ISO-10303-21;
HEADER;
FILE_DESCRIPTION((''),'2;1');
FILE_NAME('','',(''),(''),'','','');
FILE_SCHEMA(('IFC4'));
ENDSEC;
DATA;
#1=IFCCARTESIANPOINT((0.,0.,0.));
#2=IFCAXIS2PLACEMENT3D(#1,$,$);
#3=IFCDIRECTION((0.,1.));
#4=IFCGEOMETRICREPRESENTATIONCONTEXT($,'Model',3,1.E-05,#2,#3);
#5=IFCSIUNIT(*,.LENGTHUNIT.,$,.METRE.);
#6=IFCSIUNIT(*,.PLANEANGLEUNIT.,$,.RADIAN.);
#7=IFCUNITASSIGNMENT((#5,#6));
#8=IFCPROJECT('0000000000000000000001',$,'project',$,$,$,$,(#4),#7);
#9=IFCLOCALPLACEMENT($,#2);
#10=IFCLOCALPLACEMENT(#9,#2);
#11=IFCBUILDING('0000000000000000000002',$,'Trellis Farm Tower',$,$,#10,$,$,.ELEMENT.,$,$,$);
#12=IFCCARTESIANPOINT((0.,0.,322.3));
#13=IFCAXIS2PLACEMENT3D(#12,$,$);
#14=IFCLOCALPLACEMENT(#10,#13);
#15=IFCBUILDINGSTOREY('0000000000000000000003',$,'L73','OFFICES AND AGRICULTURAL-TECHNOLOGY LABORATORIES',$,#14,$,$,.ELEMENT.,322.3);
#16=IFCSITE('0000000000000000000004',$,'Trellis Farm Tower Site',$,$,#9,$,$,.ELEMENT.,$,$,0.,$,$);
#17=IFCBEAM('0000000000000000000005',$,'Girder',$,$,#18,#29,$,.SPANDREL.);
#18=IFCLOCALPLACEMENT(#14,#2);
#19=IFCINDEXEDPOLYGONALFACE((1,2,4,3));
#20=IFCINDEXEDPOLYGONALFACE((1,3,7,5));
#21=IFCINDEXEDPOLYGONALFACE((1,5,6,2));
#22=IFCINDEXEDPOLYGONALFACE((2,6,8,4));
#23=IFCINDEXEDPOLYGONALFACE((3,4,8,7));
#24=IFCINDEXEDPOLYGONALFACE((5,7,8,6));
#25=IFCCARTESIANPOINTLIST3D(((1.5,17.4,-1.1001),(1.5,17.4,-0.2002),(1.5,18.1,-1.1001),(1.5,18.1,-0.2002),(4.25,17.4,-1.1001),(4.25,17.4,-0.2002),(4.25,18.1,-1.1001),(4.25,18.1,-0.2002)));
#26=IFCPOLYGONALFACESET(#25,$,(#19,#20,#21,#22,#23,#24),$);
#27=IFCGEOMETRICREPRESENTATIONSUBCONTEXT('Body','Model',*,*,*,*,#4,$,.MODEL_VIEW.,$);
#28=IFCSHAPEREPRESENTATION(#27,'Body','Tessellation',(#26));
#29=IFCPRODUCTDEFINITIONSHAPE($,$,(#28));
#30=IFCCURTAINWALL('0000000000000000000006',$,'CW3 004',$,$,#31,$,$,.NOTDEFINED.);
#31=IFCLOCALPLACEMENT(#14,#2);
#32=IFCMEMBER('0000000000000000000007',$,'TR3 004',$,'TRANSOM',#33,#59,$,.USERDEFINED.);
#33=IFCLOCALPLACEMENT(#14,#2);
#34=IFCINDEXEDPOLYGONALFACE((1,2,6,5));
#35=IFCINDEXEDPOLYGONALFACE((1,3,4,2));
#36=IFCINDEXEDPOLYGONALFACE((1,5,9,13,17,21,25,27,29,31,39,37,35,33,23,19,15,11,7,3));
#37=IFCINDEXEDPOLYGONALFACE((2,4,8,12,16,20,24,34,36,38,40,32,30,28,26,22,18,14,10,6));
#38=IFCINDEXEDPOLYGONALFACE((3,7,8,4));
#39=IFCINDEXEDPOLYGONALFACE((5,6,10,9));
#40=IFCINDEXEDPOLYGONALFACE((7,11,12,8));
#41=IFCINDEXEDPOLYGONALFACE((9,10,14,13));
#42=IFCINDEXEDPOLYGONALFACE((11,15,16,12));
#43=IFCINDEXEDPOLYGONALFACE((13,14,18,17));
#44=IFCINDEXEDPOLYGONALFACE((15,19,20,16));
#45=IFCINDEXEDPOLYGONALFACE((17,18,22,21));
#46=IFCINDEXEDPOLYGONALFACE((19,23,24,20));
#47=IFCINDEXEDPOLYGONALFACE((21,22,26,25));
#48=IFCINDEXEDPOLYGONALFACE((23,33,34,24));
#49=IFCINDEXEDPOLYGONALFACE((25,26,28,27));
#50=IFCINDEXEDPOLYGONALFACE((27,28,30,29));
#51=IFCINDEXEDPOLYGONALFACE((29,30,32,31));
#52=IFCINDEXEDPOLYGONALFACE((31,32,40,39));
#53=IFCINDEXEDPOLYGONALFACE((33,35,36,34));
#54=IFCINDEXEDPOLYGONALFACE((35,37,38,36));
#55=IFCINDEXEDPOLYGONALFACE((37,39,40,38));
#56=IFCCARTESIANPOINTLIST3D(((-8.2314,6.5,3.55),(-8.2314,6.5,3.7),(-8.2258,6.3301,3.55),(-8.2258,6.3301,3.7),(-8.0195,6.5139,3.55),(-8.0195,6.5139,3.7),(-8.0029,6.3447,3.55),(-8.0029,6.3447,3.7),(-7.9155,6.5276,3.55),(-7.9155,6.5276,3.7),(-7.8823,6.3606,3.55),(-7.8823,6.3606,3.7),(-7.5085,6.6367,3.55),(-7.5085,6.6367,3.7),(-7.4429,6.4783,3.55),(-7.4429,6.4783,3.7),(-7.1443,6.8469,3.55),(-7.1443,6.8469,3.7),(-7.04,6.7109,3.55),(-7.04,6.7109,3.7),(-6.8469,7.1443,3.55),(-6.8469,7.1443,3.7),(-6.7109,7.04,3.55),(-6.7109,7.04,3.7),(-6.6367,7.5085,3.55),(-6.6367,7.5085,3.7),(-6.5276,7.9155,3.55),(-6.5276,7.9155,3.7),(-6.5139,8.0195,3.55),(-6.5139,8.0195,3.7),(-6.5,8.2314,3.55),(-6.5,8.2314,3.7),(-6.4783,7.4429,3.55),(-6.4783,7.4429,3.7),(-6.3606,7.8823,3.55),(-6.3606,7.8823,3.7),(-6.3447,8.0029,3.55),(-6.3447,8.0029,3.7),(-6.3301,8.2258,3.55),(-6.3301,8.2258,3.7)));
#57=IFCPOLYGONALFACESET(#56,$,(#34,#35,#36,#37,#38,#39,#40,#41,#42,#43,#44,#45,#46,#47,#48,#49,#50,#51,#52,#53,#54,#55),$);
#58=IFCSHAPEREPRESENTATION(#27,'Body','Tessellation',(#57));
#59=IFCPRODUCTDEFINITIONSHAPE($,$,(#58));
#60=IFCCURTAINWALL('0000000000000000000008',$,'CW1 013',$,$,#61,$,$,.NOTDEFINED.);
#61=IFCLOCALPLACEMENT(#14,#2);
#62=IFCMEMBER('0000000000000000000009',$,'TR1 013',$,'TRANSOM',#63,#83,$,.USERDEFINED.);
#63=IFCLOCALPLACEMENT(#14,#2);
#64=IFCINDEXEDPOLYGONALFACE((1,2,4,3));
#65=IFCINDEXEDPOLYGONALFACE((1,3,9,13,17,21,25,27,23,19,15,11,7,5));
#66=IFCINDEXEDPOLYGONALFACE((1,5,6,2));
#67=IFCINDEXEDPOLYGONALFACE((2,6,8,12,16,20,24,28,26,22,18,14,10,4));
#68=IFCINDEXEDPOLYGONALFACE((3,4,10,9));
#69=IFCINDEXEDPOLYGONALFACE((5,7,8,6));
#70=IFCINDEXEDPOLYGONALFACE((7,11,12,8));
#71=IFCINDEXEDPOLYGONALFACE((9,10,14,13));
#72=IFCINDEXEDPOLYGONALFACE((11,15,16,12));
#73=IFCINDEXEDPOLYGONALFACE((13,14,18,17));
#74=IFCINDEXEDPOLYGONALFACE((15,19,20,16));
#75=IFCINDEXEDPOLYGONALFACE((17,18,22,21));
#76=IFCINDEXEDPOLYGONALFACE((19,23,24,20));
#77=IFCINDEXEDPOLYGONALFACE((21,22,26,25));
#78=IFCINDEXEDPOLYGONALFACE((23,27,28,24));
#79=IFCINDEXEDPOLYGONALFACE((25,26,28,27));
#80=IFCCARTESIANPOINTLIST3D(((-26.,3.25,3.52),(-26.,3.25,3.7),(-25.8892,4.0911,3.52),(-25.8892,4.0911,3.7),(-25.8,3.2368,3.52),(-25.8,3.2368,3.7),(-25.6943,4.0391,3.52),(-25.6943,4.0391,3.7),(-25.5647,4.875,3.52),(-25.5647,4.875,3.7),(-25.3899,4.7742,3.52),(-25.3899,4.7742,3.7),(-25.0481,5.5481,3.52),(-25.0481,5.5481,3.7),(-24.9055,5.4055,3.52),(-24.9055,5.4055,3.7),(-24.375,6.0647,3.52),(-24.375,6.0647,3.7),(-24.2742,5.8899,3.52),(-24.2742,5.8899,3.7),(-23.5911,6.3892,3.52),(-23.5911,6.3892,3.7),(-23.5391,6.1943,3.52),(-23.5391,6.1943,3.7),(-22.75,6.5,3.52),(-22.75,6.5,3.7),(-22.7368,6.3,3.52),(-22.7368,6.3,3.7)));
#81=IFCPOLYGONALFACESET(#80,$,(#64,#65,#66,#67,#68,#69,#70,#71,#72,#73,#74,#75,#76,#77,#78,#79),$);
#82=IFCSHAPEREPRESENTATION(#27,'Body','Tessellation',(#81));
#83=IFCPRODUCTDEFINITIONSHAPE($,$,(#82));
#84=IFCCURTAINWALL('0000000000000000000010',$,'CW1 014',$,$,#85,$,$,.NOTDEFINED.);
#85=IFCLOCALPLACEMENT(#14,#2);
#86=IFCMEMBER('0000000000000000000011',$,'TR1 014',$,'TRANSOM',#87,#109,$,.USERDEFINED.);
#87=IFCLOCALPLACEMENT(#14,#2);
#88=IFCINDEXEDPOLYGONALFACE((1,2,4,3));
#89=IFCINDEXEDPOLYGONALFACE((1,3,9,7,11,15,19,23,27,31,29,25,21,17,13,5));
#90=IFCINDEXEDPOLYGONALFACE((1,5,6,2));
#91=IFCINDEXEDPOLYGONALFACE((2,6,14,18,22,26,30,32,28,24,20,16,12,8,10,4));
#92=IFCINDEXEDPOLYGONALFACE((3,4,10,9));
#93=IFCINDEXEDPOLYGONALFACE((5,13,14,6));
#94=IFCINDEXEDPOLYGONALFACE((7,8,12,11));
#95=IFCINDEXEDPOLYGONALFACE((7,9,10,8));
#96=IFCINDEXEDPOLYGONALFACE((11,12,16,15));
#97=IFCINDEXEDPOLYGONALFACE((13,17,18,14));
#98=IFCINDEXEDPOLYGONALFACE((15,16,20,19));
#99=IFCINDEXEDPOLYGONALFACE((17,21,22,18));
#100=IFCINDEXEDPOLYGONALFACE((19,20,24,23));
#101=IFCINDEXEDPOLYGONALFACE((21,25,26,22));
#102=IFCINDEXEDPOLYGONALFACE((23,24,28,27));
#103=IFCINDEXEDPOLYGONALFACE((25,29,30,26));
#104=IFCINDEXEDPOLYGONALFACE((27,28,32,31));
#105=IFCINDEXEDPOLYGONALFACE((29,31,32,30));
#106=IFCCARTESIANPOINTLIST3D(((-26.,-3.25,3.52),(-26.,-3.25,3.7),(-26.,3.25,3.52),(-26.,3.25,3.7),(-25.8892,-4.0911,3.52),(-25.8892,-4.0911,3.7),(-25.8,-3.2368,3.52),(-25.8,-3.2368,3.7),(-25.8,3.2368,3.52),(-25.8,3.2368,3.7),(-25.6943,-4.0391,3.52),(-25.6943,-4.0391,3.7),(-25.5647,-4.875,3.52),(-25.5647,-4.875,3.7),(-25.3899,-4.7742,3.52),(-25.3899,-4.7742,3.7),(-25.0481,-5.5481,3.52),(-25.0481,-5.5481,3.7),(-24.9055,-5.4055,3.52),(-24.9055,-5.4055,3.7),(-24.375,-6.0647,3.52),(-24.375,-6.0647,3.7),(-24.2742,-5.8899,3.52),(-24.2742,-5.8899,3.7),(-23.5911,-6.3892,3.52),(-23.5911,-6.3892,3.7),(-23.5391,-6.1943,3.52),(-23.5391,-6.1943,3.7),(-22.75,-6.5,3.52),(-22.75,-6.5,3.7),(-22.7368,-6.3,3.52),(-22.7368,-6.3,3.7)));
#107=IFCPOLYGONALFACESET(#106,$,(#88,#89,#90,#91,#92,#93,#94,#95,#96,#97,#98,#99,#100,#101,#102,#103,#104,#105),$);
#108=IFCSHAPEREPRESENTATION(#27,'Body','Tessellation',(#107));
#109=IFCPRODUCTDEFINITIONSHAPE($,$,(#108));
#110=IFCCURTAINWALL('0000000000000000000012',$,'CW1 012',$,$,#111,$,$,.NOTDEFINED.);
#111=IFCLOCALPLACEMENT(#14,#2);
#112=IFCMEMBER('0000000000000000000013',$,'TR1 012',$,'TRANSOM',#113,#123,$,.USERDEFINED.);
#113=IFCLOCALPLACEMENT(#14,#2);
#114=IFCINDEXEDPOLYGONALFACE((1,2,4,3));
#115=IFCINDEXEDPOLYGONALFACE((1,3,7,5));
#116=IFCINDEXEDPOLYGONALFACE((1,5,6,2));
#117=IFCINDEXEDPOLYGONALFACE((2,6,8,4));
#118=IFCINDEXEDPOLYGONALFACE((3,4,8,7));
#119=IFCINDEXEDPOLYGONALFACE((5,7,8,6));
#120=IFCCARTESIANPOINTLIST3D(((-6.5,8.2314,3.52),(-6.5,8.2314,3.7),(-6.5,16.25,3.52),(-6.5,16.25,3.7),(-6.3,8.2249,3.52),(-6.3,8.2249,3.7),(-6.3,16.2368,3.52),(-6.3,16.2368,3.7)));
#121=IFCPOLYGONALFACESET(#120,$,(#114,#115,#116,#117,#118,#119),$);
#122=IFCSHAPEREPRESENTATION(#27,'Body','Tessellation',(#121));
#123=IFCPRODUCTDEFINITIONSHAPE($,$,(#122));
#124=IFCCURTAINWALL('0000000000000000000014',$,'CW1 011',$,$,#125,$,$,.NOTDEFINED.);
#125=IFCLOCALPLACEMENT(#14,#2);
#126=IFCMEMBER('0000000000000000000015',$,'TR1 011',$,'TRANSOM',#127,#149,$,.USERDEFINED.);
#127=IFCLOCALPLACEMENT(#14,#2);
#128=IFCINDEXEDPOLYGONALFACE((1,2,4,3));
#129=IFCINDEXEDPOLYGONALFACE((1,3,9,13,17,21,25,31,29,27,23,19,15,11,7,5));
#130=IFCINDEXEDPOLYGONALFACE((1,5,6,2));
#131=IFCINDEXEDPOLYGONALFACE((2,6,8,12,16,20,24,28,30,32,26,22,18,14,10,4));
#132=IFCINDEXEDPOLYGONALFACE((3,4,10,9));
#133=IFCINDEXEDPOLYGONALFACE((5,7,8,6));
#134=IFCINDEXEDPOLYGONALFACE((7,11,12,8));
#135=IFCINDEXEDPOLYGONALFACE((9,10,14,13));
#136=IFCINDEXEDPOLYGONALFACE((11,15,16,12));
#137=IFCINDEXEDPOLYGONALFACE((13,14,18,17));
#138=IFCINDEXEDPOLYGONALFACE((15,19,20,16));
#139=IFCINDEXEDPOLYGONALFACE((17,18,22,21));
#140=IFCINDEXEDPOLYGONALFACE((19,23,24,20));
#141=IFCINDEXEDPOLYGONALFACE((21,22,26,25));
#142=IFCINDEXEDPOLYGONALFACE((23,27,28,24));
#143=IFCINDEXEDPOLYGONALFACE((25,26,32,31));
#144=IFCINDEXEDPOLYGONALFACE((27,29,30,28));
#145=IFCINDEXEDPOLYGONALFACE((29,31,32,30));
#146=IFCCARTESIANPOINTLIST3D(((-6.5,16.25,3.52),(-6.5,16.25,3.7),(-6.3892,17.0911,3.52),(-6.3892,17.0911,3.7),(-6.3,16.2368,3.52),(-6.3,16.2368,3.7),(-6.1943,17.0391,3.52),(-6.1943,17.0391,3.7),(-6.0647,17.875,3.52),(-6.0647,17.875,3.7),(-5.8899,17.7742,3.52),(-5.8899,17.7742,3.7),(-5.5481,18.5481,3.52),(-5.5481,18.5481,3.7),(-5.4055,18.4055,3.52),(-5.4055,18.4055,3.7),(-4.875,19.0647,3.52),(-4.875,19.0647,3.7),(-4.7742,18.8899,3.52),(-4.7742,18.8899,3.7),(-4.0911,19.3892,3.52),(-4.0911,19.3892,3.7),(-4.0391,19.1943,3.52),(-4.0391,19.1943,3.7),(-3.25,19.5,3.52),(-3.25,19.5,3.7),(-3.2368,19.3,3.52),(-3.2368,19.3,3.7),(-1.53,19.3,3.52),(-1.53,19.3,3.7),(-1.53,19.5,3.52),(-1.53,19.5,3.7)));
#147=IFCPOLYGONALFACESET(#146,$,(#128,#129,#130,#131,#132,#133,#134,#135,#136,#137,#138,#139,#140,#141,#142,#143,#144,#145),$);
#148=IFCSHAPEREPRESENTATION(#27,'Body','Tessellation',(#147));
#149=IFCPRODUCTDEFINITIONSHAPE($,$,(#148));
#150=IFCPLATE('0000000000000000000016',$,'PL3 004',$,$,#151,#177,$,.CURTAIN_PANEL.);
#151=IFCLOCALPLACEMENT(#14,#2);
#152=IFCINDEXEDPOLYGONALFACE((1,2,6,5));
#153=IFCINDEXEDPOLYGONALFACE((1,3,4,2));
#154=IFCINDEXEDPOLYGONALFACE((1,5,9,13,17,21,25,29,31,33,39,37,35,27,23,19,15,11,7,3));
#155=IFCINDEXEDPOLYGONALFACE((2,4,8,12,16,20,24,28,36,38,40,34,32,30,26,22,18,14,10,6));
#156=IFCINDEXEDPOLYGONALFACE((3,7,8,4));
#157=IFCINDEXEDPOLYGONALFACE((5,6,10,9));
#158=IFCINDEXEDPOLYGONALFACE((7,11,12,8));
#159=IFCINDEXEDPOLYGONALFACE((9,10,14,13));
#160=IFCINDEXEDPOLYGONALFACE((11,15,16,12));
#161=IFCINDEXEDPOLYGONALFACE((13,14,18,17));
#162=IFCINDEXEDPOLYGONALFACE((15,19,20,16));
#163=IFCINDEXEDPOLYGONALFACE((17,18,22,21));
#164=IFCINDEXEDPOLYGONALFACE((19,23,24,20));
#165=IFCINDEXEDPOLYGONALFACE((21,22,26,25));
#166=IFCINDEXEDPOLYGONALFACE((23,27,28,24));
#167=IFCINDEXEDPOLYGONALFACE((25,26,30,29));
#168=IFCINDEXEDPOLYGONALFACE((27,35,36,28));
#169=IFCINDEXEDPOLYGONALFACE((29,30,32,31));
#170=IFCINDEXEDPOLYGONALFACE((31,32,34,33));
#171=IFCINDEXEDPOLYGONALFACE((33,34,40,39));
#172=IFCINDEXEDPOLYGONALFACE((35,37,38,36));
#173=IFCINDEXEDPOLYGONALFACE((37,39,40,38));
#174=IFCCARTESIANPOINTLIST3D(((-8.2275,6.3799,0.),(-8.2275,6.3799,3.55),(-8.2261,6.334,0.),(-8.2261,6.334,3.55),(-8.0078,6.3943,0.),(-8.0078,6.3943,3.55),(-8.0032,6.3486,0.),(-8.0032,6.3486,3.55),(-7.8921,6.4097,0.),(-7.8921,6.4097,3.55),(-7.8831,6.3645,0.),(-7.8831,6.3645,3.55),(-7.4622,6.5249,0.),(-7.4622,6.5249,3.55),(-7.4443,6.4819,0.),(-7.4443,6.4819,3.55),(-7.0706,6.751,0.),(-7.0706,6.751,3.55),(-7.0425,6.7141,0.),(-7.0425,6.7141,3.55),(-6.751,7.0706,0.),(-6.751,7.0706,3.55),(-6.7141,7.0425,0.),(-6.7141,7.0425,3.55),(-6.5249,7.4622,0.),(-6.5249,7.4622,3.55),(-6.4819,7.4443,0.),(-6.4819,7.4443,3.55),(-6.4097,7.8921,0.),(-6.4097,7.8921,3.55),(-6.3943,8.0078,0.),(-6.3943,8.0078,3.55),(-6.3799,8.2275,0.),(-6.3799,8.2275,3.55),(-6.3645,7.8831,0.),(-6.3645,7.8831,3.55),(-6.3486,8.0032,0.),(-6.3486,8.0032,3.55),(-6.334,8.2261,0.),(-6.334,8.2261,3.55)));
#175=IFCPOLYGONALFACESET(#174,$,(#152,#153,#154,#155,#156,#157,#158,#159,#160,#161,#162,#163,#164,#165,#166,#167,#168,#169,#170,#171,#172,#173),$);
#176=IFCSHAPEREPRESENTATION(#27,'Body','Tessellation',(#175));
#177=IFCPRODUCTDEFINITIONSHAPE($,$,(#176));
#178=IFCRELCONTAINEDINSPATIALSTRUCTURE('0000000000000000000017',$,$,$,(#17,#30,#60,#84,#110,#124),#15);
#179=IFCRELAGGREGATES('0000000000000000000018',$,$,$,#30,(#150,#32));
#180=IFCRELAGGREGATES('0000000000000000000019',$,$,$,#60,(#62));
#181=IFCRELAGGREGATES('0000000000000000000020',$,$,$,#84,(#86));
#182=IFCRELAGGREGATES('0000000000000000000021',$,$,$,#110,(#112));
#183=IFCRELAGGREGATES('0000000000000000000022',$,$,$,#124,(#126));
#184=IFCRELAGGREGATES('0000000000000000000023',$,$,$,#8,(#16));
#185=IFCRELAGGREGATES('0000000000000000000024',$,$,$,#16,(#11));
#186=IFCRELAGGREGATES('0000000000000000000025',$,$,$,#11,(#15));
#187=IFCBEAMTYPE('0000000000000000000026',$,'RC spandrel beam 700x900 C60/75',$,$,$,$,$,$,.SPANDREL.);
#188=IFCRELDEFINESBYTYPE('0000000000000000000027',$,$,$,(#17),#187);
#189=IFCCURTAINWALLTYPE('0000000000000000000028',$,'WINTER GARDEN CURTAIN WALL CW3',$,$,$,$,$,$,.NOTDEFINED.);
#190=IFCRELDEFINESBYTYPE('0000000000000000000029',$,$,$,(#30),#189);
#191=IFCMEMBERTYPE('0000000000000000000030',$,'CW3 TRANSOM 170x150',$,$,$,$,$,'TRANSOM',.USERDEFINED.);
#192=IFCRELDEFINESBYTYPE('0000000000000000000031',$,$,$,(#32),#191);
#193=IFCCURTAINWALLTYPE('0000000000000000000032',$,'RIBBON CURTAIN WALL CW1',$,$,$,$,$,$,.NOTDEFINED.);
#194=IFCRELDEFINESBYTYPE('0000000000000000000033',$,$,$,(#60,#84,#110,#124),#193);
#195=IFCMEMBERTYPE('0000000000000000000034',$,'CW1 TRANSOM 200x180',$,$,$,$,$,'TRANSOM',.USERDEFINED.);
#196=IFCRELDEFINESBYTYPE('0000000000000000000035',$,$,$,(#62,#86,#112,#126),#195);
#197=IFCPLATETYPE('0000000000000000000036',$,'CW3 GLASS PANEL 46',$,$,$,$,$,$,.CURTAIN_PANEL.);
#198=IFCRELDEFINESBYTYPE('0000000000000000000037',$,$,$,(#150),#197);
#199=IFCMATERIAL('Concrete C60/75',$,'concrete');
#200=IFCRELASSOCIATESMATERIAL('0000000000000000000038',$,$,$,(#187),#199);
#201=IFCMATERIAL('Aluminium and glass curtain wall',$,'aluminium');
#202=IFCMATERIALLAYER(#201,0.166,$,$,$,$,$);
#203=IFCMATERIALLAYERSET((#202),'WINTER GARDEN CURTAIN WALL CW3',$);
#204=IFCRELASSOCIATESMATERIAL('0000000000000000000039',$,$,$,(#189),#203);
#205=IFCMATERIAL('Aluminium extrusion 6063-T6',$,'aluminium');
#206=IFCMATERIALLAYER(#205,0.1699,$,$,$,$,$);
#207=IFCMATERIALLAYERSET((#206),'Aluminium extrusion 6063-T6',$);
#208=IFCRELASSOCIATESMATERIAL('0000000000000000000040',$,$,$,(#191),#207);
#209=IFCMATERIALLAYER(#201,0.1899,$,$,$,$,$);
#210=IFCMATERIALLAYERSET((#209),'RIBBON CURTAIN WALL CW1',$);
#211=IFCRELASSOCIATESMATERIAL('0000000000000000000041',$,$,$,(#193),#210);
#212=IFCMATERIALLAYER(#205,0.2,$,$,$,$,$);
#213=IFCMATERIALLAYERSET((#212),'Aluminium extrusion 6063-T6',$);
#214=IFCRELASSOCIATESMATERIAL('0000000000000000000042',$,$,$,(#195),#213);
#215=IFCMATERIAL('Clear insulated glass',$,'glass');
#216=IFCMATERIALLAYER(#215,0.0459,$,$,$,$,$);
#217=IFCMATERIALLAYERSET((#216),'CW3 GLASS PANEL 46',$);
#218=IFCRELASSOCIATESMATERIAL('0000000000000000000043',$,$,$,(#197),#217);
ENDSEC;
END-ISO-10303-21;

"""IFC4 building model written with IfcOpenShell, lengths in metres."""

from ifc_helpers import new_model, si_unit, direction, frame, origin, origin_2d, place, context, subcontext, project, spatial, polyline, rectangle, outline, extrude, source, transform, mapped, material, layer, layer_set, material_profile, profile_set, type_object, element, aggregate, save


model = new_model("IFC4")

# Units and contexts
model_context = context("Model", 3, precision=1e-05, world=origin(), true_north=direction((0.0, 1.0)))
body_context = subcontext(model_context, "Body", "Model", "MODEL_VIEW")
ifc_project = project(units=[si_unit("LENGTHUNIT", "METRE"), si_unit("PLANEANGLEUNIT", "RADIAN")], contexts=[model_context])

# Site, building, storey
site_placement = place(None, origin())
site = spatial("IfcSite", under=ifc_project, at=site_placement, Name="Trellis Farm Tower Site", CompositionType="ELEMENT", RefElevation=0.0)
building_placement = place(site_placement, origin())
building = spatial("IfcBuilding", under=site, at=building_placement, Name="Trellis Farm Tower", CompositionType="ELEMENT")
storey_placement = place(building_placement, frame((0.0, 0.0, 322.3)))
storey = spatial("IfcBuildingStorey", under=building, at=storey_placement, Name="L73", Description="OFFICES AND AGRICULTURAL-TECHNOLOGY LABORATORIES", CompositionType="ELEMENT", Elevation=322.3)

# Beam
ifc_material_1 = material(Name="Concrete C60/75", Category="concrete")
ifc_material_profile = material_profile(ifc_material_1, rectangle(XDim=0.7, YDim=0.8999, at=origin_2d()), Name="RC spandrel beam 700x900 C60/75")
ifc_profile_set = profile_set([ifc_material_profile], Name="Concrete C60/75")
beam_type = type_object("IfcBeamType", Name="RC spandrel beam 700x900 C60/75", PredefinedType="SPANDREL", material=ifc_profile_set)
shared_shape_1 = source(origin(), body_context, "Body", "SweptSolid", [
    extrude(rectangle(XDim=0.7, YDim=0.8999, at=origin_2d()), origin(), (0.0, 0.0, 1.0), 2.75),
])
beam_placement = place(storey_placement, frame((1.5, 17.75, -0.6501), z_axis=(1.0, 0.0, 0.0), x_axis=(0.0, 1.0, 0.0)))
element("IfcBeam", 1, at=beam_placement, inside=storey, type_object=beam_type, Name="Girder", PredefinedType="SPANDREL", context=body_context, shape_type="MappedRepresentation", body=[
    mapped(shared_shape_1, transform((0.0, 0.0, 0.0))),
])

# Curtain walls, members
ifc_material_2 = material(Name="Aluminium and glass curtain wall", Category="aluminium")
ifc_layer_1 = layer(ifc_material_2, 0.166)
ifc_layer_set_1 = layer_set([ifc_layer_1], Name="WINTER GARDEN CURTAIN WALL CW3")
curtain_wall_type_1 = type_object("IfcCurtainWallType", Name="WINTER GARDEN CURTAIN WALL CW3", PredefinedType="NOTDEFINED", material=ifc_layer_set_1)
placement_1 = place(storey_placement, origin())
curtain_wall_1 = element("IfcCurtainWall", 2, at=placement_1, inside=storey, type_object=curtain_wall_type_1, Name="CW3 004", PredefinedType="NOTDEFINED")
ifc_material_3 = material(Name="Aluminium extrusion 6063-T6", Category="aluminium")
ifc_layer_2 = layer(ifc_material_3, 0.1699)
ifc_layer_set_2 = layer_set([ifc_layer_2], Name="Aluminium extrusion 6063-T6")
member_type_1 = type_object("IfcMemberType", Name="CW3 TRANSOM 170x150", ElementType="TRANSOM", PredefinedType="USERDEFINED", material=ifc_layer_set_2)
shared_shape_2 = source(origin(), body_context, "Body", "SweptSolid", [
    extrude(outline(polyline([(-6.5, 8.2314), (-6.5139, 8.0195), (-6.5276, 7.9155), (-6.6367, 7.5085), (-6.8469, 7.1443), (-7.1443, 6.8469), (-7.5085, 6.6367), (-7.9155, 6.5276), (-8.0195, 6.5139), (-8.2314, 6.5), (-8.2258, 6.3301), (-8.0029, 6.3447), (-7.8823, 6.3606), (-7.4429, 6.4783), (-7.04, 6.7109), (-6.7109, 7.04), (-6.4783, 7.4429), (-6.3606, 7.8823), (-6.3447, 8.0029), (-6.3301, 8.2258), (-6.5, 8.2314)])), origin(), (0.0, 0.0, 1.0), 0.1499),
])
member_1_placement = place(storey_placement, frame((0.0, 0.0, 3.55)))
member_1 = element("IfcMember", 3, at=member_1_placement, type_object=member_type_1, Name="TR3 004", ObjectType="TRANSOM", PredefinedType="USERDEFINED", context=body_context, shape_type="MappedRepresentation", body=[
    mapped(shared_shape_2, transform((0.0, 0.0, 0.0))),
])
ifc_layer_3 = layer(ifc_material_2, 0.1899)
ifc_layer_set_3 = layer_set([ifc_layer_3], Name="RIBBON CURTAIN WALL CW1")
curtain_wall_type_2 = type_object("IfcCurtainWallType", Name="RIBBON CURTAIN WALL CW1", PredefinedType="NOTDEFINED", material=ifc_layer_set_3)
curtain_wall_2 = element("IfcCurtainWall", 4, at=placement_1, inside=storey, type_object=curtain_wall_type_2, Name="CW1 013", PredefinedType="NOTDEFINED")
ifc_layer_4 = layer(ifc_material_3, 0.2)
ifc_layer_set_4 = layer_set([ifc_layer_4], Name="Aluminium extrusion 6063-T6")
member_type_2 = type_object("IfcMemberType", Name="CW1 TRANSOM 200x180", ElementType="TRANSOM", PredefinedType="USERDEFINED", material=ifc_layer_set_4)
shared_shape_3 = source(origin(), body_context, "Body", "SweptSolid", [
    extrude(outline(polyline([(-22.75, 6.5), (-23.5911, 6.3892), (-24.375, 6.0647), (-25.0481, 5.5481), (-25.5647, 4.875), (-25.8892, 4.0911), (-26.0, 3.25), (-25.8, 3.2368), (-25.6943, 4.0391), (-25.3899, 4.7742), (-24.9055, 5.4055), (-24.2742, 5.8899), (-23.5391, 6.1943), (-22.7368, 6.3), (-22.75, 6.5)])), origin(), (0.0, 0.0, 1.0), 0.1799),
])
placement_2 = place(storey_placement, frame((0.0, 0.0, 3.52)))
member_2 = element("IfcMember", 5, at=placement_2, type_object=member_type_2, Name="TR1 013", ObjectType="TRANSOM", PredefinedType="USERDEFINED", context=body_context, shape_type="MappedRepresentation", body=[
    mapped(shared_shape_3, transform((0.0, 0.0, 0.0))),
])
curtain_wall_3 = element("IfcCurtainWall", 6, at=placement_1, inside=storey, type_object=curtain_wall_type_2, Name="CW1 014", PredefinedType="NOTDEFINED")
shared_shape_4 = source(origin(), body_context, "Body", "SweptSolid", [
    extrude(outline(polyline([(-26.0, 3.25), (-26.0, -3.25), (-25.8892, -4.0911), (-25.5647, -4.875), (-25.0481, -5.5481), (-24.375, -6.0647), (-23.5911, -6.3892), (-22.75, -6.5), (-22.7368, -6.3), (-23.5391, -6.1943), (-24.2742, -5.8899), (-24.9055, -5.4055), (-25.3899, -4.7742), (-25.6943, -4.0391), (-25.8, -3.2368), (-25.8, 3.2368), (-26.0, 3.25)])), origin(), (0.0, 0.0, 1.0), 0.1799),
])
member_3 = element("IfcMember", 7, at=placement_2, type_object=member_type_2, Name="TR1 014", ObjectType="TRANSOM", PredefinedType="USERDEFINED", context=body_context, shape_type="MappedRepresentation", body=[
    mapped(shared_shape_4, transform((0.0, 0.0, 0.0))),
])
curtain_wall_4 = element("IfcCurtainWall", 8, at=placement_1, inside=storey, type_object=curtain_wall_type_2, Name="CW1 012", PredefinedType="NOTDEFINED")
shared_shape_5 = source(origin(), body_context, "Body", "SweptSolid", [
    extrude(outline(polyline([(-6.5, 16.25), (-6.5, 8.2314), (-6.3, 8.2249), (-6.3, 16.2368), (-6.5, 16.25)])), origin(), (0.0, 0.0, 1.0), 0.1799),
])
member_4 = element("IfcMember", 9, at=placement_2, type_object=member_type_2, Name="TR1 012", ObjectType="TRANSOM", PredefinedType="USERDEFINED", context=body_context, shape_type="MappedRepresentation", body=[
    mapped(shared_shape_5, transform((0.0, 0.0, 0.0))),
])
curtain_wall_5 = element("IfcCurtainWall", 10, at=placement_1, inside=storey, type_object=curtain_wall_type_2, Name="CW1 011", PredefinedType="NOTDEFINED")
shared_shape_6 = source(origin(), body_context, "Body", "SweptSolid", [
    extrude(outline(polyline([(-1.53, 19.5), (-3.25, 19.5), (-4.0911, 19.3892), (-4.875, 19.0647), (-5.5481, 18.5481), (-6.0647, 17.875), (-6.3892, 17.0911), (-6.5, 16.25), (-6.3, 16.2368), (-6.1943, 17.0391), (-5.8899, 17.7742), (-5.4055, 18.4055), (-4.7742, 18.8899), (-4.0391, 19.1943), (-3.2368, 19.3), (-1.53, 19.3), (-1.53, 19.5)])), origin(), (0.0, 0.0, 1.0), 0.1799),
])
member_5 = element("IfcMember", 11, at=placement_2, type_object=member_type_2, Name="TR1 011", ObjectType="TRANSOM", PredefinedType="USERDEFINED", context=body_context, shape_type="MappedRepresentation", body=[
    mapped(shared_shape_6, transform((0.0, 0.0, 0.0))),
])

# Plate
ifc_material_4 = material(Name="Clear insulated glass", Category="glass")
ifc_layer_5 = layer(ifc_material_4, 0.0459)
ifc_layer_set_5 = layer_set([ifc_layer_5], Name="CW3 GLASS PANEL 46")
plate_type_1 = type_object("IfcPlateType", Name="CW3 GLASS PANEL 46", PredefinedType="CURTAIN_PANEL", material=ifc_layer_set_5)
shared_shape_7 = source(origin(), body_context, "Body", "SweptSolid", [
    extrude(outline(polyline([(-6.3799, 8.2275), (-6.3943, 8.0078), (-6.4097, 7.8921), (-6.5249, 7.4622), (-6.751, 7.0706), (-7.0706, 6.751), (-7.4622, 6.5249), (-7.8921, 6.4097), (-8.0078, 6.3943), (-8.2275, 6.3799), (-8.2261, 6.334), (-8.0032, 6.3486), (-7.8831, 6.3645), (-7.4443, 6.4819), (-7.0425, 6.7141), (-6.7141, 7.0425), (-6.4819, 7.4443), (-6.3645, 7.8831), (-6.3486, 8.0032), (-6.334, 8.2261), (-6.3799, 8.2275)])), origin(), (0.0, 0.0, 1.0), 3.55),
])
plate_1 = element("IfcPlate", 12, at=placement_1, type_object=plate_type_1, Name="PL3 004", PredefinedType="CURTAIN_PANEL", context=body_context, shape_type="MappedRepresentation", body=[
    mapped(shared_shape_7, transform((0.0, 0.0, 0.0))),
])
aggregate(curtain_wall_1, [plate_1, member_1])
aggregate(curtain_wall_2, [member_2])
aggregate(curtain_wall_3, [member_3])
aggregate(curtain_wall_4, [member_4])
aggregate(curtain_wall_5, [member_5])

save(model, "model.ifc")
